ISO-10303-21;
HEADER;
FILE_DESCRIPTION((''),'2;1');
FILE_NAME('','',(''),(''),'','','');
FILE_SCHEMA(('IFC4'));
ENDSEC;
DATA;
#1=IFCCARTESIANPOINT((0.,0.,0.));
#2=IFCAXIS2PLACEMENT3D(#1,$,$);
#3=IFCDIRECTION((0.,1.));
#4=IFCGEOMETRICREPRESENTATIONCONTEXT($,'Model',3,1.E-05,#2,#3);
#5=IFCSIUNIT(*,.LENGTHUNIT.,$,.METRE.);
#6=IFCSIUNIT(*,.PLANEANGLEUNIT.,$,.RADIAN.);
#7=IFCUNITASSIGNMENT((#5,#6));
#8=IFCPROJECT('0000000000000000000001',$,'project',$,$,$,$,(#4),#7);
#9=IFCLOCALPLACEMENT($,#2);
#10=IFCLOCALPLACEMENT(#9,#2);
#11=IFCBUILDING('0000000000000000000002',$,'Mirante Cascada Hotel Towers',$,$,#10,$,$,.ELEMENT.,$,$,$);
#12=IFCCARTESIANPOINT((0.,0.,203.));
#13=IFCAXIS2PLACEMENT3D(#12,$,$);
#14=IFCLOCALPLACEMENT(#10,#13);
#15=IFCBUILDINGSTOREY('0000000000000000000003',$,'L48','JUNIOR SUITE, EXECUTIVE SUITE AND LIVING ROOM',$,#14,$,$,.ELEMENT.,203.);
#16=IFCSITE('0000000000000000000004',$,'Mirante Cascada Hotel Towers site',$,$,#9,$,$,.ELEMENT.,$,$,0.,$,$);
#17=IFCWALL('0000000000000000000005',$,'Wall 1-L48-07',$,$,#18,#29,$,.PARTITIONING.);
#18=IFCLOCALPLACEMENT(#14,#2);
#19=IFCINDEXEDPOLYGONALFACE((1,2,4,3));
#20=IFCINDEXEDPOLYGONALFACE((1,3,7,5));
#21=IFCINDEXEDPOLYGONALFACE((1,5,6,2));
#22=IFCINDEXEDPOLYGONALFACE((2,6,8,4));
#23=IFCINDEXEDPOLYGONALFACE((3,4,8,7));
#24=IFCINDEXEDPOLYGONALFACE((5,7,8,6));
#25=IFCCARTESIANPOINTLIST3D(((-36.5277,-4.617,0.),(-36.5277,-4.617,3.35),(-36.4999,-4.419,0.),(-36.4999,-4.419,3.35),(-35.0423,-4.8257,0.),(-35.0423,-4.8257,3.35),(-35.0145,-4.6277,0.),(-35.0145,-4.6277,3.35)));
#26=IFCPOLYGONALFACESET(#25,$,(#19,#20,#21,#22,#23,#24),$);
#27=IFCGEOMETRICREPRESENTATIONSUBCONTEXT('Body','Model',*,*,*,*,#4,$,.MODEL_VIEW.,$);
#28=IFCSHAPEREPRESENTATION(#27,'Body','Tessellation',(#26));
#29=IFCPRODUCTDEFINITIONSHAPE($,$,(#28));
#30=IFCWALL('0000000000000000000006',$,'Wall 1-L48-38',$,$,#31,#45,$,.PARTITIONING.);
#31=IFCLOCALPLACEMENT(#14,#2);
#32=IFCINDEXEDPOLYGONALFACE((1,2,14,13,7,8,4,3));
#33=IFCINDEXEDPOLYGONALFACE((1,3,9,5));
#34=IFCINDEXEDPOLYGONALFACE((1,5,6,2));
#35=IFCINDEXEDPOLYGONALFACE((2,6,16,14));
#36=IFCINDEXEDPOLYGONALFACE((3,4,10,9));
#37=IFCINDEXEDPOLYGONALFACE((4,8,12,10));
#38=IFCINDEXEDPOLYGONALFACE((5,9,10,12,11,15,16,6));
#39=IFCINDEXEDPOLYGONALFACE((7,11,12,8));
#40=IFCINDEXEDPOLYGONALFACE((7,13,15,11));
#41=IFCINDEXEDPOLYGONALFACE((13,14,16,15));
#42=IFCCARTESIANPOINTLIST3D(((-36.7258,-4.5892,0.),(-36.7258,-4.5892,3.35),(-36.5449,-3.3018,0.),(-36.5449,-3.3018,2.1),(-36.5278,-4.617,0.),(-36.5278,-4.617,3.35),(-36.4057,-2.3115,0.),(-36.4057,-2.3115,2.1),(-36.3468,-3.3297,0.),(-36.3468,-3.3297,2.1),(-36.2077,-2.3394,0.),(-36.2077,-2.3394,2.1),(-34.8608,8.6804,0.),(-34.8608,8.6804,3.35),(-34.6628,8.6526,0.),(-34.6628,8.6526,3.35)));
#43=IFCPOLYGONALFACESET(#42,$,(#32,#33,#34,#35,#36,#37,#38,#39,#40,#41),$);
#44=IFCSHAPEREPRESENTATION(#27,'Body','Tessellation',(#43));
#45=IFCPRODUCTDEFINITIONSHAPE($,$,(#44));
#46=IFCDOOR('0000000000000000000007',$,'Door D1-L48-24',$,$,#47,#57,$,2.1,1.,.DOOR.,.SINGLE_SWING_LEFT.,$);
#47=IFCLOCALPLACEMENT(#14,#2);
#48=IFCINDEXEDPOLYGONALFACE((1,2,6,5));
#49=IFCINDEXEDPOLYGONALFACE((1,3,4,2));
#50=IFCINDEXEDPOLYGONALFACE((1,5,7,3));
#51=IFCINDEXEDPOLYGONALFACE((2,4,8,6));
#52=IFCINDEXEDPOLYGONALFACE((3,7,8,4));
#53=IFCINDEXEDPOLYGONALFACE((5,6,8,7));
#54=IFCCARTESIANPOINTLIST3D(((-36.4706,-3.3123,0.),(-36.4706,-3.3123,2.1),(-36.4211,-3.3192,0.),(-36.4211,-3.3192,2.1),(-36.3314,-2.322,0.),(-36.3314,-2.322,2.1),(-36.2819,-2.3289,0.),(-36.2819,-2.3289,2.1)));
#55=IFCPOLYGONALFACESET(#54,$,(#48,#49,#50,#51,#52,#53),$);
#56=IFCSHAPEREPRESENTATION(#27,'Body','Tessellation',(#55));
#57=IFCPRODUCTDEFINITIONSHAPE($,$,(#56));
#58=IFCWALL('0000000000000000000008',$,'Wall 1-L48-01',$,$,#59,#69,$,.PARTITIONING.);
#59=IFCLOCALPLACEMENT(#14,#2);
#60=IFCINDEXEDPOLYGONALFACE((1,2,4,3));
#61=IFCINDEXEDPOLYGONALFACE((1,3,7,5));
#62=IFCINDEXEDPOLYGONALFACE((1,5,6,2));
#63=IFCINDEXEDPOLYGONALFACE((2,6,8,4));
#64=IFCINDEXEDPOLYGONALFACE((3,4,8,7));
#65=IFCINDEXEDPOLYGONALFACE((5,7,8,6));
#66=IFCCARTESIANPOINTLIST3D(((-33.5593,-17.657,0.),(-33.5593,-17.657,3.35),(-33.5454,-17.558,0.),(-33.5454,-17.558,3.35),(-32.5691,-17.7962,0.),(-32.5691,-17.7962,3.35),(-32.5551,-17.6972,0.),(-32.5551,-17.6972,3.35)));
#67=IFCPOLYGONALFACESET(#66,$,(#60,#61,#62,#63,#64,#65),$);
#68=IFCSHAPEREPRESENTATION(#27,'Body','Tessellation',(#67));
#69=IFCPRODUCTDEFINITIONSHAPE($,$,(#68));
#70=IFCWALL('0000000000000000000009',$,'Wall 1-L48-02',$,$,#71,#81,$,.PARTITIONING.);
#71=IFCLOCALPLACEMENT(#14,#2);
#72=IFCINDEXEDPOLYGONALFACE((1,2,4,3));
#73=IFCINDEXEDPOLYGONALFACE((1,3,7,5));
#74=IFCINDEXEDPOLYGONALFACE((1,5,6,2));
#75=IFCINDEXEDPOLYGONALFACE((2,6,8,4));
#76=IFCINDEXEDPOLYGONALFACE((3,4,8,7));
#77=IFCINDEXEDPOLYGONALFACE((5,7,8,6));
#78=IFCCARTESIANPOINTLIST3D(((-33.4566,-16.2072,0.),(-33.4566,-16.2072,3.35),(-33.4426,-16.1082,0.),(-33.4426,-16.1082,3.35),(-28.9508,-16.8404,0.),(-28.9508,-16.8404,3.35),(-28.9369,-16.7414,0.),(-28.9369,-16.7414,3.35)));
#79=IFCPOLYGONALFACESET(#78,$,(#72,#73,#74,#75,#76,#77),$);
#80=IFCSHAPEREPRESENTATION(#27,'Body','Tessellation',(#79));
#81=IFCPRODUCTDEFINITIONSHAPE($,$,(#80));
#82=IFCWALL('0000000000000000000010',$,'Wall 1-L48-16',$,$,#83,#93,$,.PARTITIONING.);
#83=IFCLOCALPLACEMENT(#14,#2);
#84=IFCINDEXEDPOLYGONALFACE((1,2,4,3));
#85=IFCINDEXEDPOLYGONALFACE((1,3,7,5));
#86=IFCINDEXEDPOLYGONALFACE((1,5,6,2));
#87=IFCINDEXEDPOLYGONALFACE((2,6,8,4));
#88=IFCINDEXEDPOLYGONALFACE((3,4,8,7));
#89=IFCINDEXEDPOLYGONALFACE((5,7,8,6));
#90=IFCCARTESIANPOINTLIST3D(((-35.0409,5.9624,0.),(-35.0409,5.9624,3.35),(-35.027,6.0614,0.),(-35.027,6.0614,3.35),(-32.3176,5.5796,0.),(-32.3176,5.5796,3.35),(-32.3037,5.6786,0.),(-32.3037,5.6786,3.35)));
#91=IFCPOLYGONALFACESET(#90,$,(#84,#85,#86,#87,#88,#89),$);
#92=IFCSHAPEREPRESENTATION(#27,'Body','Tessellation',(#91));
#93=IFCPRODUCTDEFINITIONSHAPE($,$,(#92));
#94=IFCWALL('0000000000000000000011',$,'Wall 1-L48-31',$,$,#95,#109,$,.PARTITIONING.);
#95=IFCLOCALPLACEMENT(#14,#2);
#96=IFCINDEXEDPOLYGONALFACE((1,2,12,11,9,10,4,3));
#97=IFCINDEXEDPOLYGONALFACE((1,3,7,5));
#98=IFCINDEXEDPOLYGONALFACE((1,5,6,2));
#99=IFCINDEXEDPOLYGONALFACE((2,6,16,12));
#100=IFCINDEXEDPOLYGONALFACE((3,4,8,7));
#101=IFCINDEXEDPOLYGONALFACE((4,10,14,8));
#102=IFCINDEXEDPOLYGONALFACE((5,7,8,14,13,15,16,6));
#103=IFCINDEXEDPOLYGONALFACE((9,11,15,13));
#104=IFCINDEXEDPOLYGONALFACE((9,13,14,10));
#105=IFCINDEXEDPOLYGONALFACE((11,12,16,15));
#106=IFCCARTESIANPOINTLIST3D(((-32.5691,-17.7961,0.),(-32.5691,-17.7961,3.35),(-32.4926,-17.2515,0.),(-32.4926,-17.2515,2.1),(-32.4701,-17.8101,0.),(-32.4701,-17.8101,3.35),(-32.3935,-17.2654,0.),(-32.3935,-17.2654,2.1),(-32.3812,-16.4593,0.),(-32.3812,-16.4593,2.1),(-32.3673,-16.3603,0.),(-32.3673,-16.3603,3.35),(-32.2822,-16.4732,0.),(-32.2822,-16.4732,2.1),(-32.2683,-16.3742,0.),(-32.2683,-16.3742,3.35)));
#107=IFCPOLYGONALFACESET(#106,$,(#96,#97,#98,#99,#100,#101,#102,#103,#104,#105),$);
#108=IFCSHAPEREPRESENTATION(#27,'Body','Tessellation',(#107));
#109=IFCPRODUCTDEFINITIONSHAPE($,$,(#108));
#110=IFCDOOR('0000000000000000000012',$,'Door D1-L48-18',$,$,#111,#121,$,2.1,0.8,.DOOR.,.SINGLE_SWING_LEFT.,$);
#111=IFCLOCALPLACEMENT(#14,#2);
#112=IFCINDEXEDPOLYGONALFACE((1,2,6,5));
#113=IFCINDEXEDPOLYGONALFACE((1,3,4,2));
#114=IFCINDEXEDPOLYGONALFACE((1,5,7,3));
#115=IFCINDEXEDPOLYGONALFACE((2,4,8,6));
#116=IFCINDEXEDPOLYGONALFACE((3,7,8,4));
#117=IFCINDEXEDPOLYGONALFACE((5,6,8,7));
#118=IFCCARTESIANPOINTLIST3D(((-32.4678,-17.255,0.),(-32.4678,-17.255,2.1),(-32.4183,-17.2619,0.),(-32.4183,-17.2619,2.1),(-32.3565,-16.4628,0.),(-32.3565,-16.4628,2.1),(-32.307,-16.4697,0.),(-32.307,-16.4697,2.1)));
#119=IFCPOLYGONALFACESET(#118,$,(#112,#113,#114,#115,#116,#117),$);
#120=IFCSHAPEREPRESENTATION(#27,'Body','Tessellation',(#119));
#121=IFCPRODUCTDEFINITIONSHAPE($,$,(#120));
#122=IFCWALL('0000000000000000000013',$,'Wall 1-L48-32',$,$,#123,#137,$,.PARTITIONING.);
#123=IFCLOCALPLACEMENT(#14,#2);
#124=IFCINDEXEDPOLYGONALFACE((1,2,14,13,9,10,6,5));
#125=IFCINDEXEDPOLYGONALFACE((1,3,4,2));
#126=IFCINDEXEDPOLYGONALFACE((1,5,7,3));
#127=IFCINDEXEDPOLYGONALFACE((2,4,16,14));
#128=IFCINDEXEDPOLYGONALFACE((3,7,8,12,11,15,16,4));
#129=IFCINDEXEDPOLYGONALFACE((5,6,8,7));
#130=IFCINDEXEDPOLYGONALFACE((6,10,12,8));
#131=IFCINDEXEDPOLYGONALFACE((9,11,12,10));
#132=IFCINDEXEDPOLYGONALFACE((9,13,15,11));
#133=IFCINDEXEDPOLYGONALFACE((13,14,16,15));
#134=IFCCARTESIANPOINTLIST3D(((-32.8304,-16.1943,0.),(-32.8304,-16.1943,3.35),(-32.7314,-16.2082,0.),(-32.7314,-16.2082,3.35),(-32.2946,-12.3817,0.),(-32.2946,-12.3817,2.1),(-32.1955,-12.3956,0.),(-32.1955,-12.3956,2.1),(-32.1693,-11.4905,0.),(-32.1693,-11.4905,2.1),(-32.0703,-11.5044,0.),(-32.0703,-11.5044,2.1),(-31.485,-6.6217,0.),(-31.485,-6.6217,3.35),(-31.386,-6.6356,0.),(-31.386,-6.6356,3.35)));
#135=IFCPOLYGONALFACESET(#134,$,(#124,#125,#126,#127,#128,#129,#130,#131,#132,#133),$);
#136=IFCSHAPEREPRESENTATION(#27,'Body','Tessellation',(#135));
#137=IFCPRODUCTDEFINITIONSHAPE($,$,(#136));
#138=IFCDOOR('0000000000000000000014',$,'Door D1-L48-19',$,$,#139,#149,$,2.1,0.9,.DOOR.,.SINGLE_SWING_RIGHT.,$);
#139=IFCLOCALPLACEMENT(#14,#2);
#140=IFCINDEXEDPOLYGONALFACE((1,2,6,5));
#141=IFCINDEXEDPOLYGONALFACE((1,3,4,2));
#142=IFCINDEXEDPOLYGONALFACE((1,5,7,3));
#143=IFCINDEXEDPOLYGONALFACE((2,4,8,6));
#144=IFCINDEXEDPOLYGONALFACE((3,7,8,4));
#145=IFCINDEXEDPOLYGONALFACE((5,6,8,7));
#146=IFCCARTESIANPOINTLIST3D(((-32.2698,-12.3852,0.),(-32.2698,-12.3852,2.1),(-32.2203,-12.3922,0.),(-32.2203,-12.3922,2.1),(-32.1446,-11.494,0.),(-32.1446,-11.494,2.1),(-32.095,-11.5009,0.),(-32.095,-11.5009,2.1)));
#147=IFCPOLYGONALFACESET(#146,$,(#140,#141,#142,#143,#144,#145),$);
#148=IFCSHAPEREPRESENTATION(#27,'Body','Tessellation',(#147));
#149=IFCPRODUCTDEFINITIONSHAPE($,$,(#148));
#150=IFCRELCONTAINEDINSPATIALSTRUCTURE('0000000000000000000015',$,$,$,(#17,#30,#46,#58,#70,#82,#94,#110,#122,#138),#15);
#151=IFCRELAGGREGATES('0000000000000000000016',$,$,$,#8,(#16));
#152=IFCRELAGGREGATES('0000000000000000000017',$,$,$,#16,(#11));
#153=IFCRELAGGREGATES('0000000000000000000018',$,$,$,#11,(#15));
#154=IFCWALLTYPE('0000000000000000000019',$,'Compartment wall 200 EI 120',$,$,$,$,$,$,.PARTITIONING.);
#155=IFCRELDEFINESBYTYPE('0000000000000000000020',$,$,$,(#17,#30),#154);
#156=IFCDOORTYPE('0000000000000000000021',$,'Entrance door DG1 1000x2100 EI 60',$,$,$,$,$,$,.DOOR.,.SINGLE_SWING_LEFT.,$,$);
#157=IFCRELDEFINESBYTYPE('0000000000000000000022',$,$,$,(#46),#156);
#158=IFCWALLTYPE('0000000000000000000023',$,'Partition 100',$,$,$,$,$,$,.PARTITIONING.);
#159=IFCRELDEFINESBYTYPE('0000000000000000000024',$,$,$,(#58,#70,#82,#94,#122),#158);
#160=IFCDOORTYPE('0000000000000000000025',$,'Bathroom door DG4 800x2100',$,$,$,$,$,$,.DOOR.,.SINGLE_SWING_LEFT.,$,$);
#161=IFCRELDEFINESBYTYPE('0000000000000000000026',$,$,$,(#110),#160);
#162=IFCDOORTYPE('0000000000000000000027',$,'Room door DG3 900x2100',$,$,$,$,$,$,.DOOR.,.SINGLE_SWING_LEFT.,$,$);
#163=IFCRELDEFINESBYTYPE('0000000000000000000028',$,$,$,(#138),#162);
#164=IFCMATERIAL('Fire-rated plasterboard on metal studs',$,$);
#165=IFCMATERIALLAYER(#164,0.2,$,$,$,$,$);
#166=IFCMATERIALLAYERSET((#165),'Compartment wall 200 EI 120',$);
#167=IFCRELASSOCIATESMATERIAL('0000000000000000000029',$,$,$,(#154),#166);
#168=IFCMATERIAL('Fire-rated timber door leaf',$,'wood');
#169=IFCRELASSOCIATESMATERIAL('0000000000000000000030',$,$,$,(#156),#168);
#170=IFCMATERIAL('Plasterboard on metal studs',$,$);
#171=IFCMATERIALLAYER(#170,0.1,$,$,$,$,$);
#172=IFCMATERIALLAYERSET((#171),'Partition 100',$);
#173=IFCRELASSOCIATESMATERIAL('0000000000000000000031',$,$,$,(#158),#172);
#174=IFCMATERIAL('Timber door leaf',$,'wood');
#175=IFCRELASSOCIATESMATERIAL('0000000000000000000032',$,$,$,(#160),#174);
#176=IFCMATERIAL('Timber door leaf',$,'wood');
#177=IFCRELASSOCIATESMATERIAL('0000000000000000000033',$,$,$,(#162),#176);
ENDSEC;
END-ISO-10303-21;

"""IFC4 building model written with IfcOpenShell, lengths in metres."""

from ifc_helpers import new_model, si_unit, direction, frame, frame_2d, origin, place, context, subcontext, project, spatial, rectangle, extrude, material, layer, layer_set, type_object, element, fill, save


model = new_model("IFC4")

# Units and contexts
model_context = context("Model", 3, precision=1e-05, world=origin(), true_north=direction((0.0, 1.0)))
body_context = subcontext(model_context, "Body", "Model", "MODEL_VIEW")
ifc_project = project(units=[si_unit("LENGTHUNIT", "METRE"), si_unit("PLANEANGLEUNIT", "RADIAN")], contexts=[model_context])

# Site, building, storey
site_placement = place(None, origin())
site = spatial("IfcSite", under=ifc_project, at=site_placement, Name="Mirante Cascada Hotel Towers site", CompositionType="ELEMENT", RefElevation=0.0)
building_placement = place(site_placement, origin())
building = spatial("IfcBuilding", under=site, at=building_placement, Name="Mirante Cascada Hotel Towers", CompositionType="ELEMENT")
storey_placement = place(building_placement, frame((0.0, 0.0, 203.0)))
storey = spatial("IfcBuildingStorey", under=building, at=storey_placement, Name="L48", Description="JUNIOR SUITE, EXECUTIVE SUITE AND LIVING ROOM", CompositionType="ELEMENT", Elevation=203.0)

# Wall
ifc_material_1 = material(Name="Fire-rated plasterboard on metal studs")
ifc_layer_1 = layer(ifc_material_1, 0.2)
ifc_layer_set_1 = layer_set([ifc_layer_1], Name="Compartment wall 200 EI 120")
wall_type_1 = type_object("IfcWallType", Name="Compartment wall 200 EI 120", PredefinedType="PARTITIONING", material=ifc_layer_set_1)
wall_1_placement = place(storey_placement, frame((-35.0284, -4.7267, 0.0), z_axis=(0.0, 0.0, 1.0), x_axis=(-0.990274, 0.139134, 0.0)))
element("IfcWall", 1, at=wall_1_placement, inside=storey, type_object=wall_type_1, Name="Wall 1-L48-07", PredefinedType="PARTITIONING", context=body_context, shape_type="SweptSolid", body=[
    extrude(rectangle(XDim=1.5, YDim=0.2, at=frame_2d((0.75, 0.0))), origin(), (0.0, 0.0, 1.0), 3.35),
])

# Wall, opening, door
wall_2_placement = place(storey_placement, frame((-34.7618, 8.6665, 0.0), z_axis=(0.0, 0.0, 1.0), x_axis=(-0.139179, -0.990267, 0.0)))
wall_2 = element("IfcWall", 2, at=wall_2_placement, inside=storey, type_object=wall_type_1, Name="Wall 1-L48-38", PredefinedType="PARTITIONING", context=body_context, shape_type="SweptSolid", body=[
    extrude(rectangle(XDim=13.4, YDim=0.2, at=frame_2d((6.7, 0.0))), origin(), (0.0, 0.0, 1.0), 3.35),
])
opening_1_placement = place(wall_2_placement, frame((11.1, 0.0, 0.0)))
opening_1 = element("IfcOpeningElement", 3, at=opening_1_placement, cuts=wall_2, PredefinedType="OPENING", context=body_context, shape_type="SweptSolid", body=[
    extrude(rectangle(XDim=1.0, YDim=2.1, at=frame_2d((0.5, 1.05))), frame((0.0, 0.1, 0.0), z_axis=(0.0, -1.0, 0.0), x_axis=(1.0, 0.0, 0.0)), (0.0, 0.0, 1.0), 0.2),
])
ifc_material_2 = material(Name="Fire-rated timber door leaf", Category="wood")
door_type_1 = type_object("IfcDoorType", Name="Entrance door DG1 1000x2100 EI 60", OperationType="SINGLE_SWING_LEFT", PredefinedType="DOOR", material=ifc_material_2)
door_1_placement = place(opening_1_placement, origin())
door_1 = element("IfcDoor", 4, at=door_1_placement, inside=storey, type_object=door_type_1, Name="Door D1-L48-24", OperationType="SINGLE_SWING_LEFT", OverallHeight=2.1, OverallWidth=1.0, PredefinedType="DOOR", context=body_context, shape_type="SweptSolid", body=[
    extrude(rectangle(XDim=1.0, YDim=2.1, at=frame_2d((0.5, 1.05))), frame((0.0, 0.025, 0.0), z_axis=(0.0, -1.0, 0.0), x_axis=(1.0, 0.0, 0.0)), (0.0, 0.0, 1.0), 0.05),
])
fill(opening_1, door_1)

# Walls
ifc_material_3 = material(Name="Plasterboard on metal studs")
ifc_layer_2 = layer(ifc_material_3, 0.1)
ifc_layer_set_2 = layer_set([ifc_layer_2], Name="Partition 100")
wall_type_2 = type_object("IfcWallType", Name="Partition 100", PredefinedType="PARTITIONING", material=ifc_layer_set_2)
wall_3_placement = place(storey_placement, frame((-32.5621, -17.7467, 0.0), z_axis=(0.0, 0.0, 1.0), x_axis=(-0.990265, 0.139195, 0.0)))
element("IfcWall", 5, at=wall_3_placement, inside=storey, type_object=wall_type_2, Name="Wall 1-L48-01", PredefinedType="PARTITIONING", context=body_context, shape_type="SweptSolid", body=[
    extrude(rectangle(XDim=1.0, YDim=0.1, at=frame_2d((0.5, 0.0))), origin(), (0.0, 0.0, 1.0), 3.35),
])
wall_4_placement = place(storey_placement, frame((-33.4496, -16.1577, 0.0), z_axis=(0.0, 0.0, 1.0), x_axis=(0.990269, -0.139166, 0.0)))
element("IfcWall", 6, at=wall_4_placement, inside=storey, type_object=wall_type_2, Name="Wall 1-L48-02", PredefinedType="PARTITIONING", context=body_context, shape_type="SweptSolid", body=[
    extrude(rectangle(XDim=4.55, YDim=0.1, at=frame_2d((2.275, 0.0))), origin(), (0.0, 0.0, 1.0), 3.35),
])
wall_5_placement = place(storey_placement, frame((-35.034, 6.0119, 0.0), z_axis=(0.0, 0.0, 1.0), x_axis=(0.990265, -0.139196, 0.0)))
element("IfcWall", 7, at=wall_5_placement, inside=storey, type_object=wall_type_2, Name="Wall 1-L48-16", PredefinedType="PARTITIONING", context=body_context, shape_type="SweptSolid", body=[
    extrude(rectangle(XDim=2.7501, YDim=0.1, at=frame_2d((1.3751, 0.0))), origin(), (0.0, 0.0, 1.0), 3.35),
])

# Walls, openings, doors
wall_6_placement = place(storey_placement, frame((-32.5196, -17.8031, 0.0), z_axis=(0.0, 0.0, 1.0), x_axis=(0.139171, 0.990268, 0.0)))
wall_6 = element("IfcWall", 8, at=wall_6_placement, inside=storey, type_object=wall_type_2, Name="Wall 1-L48-31", PredefinedType="PARTITIONING", context=body_context, shape_type="SweptSolid", body=[
    extrude(rectangle(XDim=1.45, YDim=0.1, at=frame_2d((0.725, 0.0))), origin(), (0.0, 0.0, 1.0), 3.35),
])
opening_2_placement = place(wall_6_placement, frame((0.55, 0.0, 0.0)))
opening_2 = element("IfcOpeningElement", 9, at=opening_2_placement, cuts=wall_6, PredefinedType="OPENING", context=body_context, shape_type="SweptSolid", body=[
    extrude(rectangle(XDim=0.8, YDim=2.1, at=frame_2d((0.4, 1.05))), frame((0.0, 0.05, 0.0), z_axis=(0.0, -1.0, 0.0), x_axis=(1.0, 0.0, 0.0)), (0.0, 0.0, 1.0), 0.1),
])
ifc_material_4 = material(Name="Timber door leaf", Category="wood")
door_type_2 = type_object("IfcDoorType", Name="Bathroom door DG4 800x2100", OperationType="SINGLE_SWING_LEFT", PredefinedType="DOOR", material=ifc_material_4)
door_2_placement = place(opening_2_placement, origin())
door_2 = element("IfcDoor", 10, at=door_2_placement, inside=storey, type_object=door_type_2, Name="Door D1-L48-18", OperationType="SINGLE_SWING_LEFT", OverallHeight=2.1, OverallWidth=0.8, PredefinedType="DOOR", context=body_context, shape_type="SweptSolid", body=[
    extrude(rectangle(XDim=0.8, YDim=2.1, at=frame_2d((0.4, 1.05))), frame((0.0, 0.025, 0.0), z_axis=(0.0, -1.0, 0.0), x_axis=(1.0, 0.0, 0.0)), (0.0, 0.0, 1.0), 0.05),
])
fill(opening_2, door_2)
wall_7_placement = place(storey_placement, frame((-31.4355, -6.6286, 0.0), z_axis=(0.0, 0.0, 1.0), x_axis=(-0.139179, -0.990267, 0.0)))
wall_7 = element("IfcWall", 11, at=wall_7_placement, inside=storey, type_object=wall_type_2, Name="Wall 1-L48-32", PredefinedType="PARTITIONING", context=body_context, shape_type="SweptSolid", body=[
    extrude(rectangle(XDim=9.6667, YDim=0.1, at=frame_2d((4.8334, 0.0))), origin(), (0.0, 0.0, 1.0), 3.35),
])
opening_3_placement = place(wall_7_placement, frame((4.9167, 0.0, 0.0)))
opening_3 = element("IfcOpeningElement", 12, at=opening_3_placement, cuts=wall_7, PredefinedType="OPENING", context=body_context, shape_type="SweptSolid", body=[
    extrude(rectangle(XDim=0.9, YDim=2.1, at=frame_2d((0.45, 1.05))), frame((0.0, 0.05, 0.0), z_axis=(0.0, -1.0, 0.0), x_axis=(1.0, 0.0, 0.0)), (0.0, 0.0, 1.0), 0.1),
])
ifc_material_5 = material(Name="Timber door leaf", Category="wood")
door_type_3 = type_object("IfcDoorType", Name="Room door DG3 900x2100", OperationType="SINGLE_SWING_LEFT", PredefinedType="DOOR", material=ifc_material_5)
door_3_placement = place(opening_3_placement, frame((0.9, 0.0, 0.0), z_axis=(0.0, 0.0, 1.0), x_axis=(-1.0, 0.0, 0.0)))
door_3 = element("IfcDoor", 13, at=door_3_placement, inside=storey, type_object=door_type_3, Name="Door D1-L48-19", OperationType="SINGLE_SWING_RIGHT", OverallHeight=2.1, OverallWidth=0.9, PredefinedType="DOOR", context=body_context, shape_type="SweptSolid", body=[
    extrude(rectangle(XDim=0.9, YDim=2.1, at=frame_2d((0.45, 1.05))), frame((0.0, 0.025, 0.0), z_axis=(0.0, -1.0, 0.0), x_axis=(1.0, 0.0, 0.0)), (0.0, 0.0, 1.0), 0.05),
])
fill(opening_3, door_3)

save(model, "model.ifc")
